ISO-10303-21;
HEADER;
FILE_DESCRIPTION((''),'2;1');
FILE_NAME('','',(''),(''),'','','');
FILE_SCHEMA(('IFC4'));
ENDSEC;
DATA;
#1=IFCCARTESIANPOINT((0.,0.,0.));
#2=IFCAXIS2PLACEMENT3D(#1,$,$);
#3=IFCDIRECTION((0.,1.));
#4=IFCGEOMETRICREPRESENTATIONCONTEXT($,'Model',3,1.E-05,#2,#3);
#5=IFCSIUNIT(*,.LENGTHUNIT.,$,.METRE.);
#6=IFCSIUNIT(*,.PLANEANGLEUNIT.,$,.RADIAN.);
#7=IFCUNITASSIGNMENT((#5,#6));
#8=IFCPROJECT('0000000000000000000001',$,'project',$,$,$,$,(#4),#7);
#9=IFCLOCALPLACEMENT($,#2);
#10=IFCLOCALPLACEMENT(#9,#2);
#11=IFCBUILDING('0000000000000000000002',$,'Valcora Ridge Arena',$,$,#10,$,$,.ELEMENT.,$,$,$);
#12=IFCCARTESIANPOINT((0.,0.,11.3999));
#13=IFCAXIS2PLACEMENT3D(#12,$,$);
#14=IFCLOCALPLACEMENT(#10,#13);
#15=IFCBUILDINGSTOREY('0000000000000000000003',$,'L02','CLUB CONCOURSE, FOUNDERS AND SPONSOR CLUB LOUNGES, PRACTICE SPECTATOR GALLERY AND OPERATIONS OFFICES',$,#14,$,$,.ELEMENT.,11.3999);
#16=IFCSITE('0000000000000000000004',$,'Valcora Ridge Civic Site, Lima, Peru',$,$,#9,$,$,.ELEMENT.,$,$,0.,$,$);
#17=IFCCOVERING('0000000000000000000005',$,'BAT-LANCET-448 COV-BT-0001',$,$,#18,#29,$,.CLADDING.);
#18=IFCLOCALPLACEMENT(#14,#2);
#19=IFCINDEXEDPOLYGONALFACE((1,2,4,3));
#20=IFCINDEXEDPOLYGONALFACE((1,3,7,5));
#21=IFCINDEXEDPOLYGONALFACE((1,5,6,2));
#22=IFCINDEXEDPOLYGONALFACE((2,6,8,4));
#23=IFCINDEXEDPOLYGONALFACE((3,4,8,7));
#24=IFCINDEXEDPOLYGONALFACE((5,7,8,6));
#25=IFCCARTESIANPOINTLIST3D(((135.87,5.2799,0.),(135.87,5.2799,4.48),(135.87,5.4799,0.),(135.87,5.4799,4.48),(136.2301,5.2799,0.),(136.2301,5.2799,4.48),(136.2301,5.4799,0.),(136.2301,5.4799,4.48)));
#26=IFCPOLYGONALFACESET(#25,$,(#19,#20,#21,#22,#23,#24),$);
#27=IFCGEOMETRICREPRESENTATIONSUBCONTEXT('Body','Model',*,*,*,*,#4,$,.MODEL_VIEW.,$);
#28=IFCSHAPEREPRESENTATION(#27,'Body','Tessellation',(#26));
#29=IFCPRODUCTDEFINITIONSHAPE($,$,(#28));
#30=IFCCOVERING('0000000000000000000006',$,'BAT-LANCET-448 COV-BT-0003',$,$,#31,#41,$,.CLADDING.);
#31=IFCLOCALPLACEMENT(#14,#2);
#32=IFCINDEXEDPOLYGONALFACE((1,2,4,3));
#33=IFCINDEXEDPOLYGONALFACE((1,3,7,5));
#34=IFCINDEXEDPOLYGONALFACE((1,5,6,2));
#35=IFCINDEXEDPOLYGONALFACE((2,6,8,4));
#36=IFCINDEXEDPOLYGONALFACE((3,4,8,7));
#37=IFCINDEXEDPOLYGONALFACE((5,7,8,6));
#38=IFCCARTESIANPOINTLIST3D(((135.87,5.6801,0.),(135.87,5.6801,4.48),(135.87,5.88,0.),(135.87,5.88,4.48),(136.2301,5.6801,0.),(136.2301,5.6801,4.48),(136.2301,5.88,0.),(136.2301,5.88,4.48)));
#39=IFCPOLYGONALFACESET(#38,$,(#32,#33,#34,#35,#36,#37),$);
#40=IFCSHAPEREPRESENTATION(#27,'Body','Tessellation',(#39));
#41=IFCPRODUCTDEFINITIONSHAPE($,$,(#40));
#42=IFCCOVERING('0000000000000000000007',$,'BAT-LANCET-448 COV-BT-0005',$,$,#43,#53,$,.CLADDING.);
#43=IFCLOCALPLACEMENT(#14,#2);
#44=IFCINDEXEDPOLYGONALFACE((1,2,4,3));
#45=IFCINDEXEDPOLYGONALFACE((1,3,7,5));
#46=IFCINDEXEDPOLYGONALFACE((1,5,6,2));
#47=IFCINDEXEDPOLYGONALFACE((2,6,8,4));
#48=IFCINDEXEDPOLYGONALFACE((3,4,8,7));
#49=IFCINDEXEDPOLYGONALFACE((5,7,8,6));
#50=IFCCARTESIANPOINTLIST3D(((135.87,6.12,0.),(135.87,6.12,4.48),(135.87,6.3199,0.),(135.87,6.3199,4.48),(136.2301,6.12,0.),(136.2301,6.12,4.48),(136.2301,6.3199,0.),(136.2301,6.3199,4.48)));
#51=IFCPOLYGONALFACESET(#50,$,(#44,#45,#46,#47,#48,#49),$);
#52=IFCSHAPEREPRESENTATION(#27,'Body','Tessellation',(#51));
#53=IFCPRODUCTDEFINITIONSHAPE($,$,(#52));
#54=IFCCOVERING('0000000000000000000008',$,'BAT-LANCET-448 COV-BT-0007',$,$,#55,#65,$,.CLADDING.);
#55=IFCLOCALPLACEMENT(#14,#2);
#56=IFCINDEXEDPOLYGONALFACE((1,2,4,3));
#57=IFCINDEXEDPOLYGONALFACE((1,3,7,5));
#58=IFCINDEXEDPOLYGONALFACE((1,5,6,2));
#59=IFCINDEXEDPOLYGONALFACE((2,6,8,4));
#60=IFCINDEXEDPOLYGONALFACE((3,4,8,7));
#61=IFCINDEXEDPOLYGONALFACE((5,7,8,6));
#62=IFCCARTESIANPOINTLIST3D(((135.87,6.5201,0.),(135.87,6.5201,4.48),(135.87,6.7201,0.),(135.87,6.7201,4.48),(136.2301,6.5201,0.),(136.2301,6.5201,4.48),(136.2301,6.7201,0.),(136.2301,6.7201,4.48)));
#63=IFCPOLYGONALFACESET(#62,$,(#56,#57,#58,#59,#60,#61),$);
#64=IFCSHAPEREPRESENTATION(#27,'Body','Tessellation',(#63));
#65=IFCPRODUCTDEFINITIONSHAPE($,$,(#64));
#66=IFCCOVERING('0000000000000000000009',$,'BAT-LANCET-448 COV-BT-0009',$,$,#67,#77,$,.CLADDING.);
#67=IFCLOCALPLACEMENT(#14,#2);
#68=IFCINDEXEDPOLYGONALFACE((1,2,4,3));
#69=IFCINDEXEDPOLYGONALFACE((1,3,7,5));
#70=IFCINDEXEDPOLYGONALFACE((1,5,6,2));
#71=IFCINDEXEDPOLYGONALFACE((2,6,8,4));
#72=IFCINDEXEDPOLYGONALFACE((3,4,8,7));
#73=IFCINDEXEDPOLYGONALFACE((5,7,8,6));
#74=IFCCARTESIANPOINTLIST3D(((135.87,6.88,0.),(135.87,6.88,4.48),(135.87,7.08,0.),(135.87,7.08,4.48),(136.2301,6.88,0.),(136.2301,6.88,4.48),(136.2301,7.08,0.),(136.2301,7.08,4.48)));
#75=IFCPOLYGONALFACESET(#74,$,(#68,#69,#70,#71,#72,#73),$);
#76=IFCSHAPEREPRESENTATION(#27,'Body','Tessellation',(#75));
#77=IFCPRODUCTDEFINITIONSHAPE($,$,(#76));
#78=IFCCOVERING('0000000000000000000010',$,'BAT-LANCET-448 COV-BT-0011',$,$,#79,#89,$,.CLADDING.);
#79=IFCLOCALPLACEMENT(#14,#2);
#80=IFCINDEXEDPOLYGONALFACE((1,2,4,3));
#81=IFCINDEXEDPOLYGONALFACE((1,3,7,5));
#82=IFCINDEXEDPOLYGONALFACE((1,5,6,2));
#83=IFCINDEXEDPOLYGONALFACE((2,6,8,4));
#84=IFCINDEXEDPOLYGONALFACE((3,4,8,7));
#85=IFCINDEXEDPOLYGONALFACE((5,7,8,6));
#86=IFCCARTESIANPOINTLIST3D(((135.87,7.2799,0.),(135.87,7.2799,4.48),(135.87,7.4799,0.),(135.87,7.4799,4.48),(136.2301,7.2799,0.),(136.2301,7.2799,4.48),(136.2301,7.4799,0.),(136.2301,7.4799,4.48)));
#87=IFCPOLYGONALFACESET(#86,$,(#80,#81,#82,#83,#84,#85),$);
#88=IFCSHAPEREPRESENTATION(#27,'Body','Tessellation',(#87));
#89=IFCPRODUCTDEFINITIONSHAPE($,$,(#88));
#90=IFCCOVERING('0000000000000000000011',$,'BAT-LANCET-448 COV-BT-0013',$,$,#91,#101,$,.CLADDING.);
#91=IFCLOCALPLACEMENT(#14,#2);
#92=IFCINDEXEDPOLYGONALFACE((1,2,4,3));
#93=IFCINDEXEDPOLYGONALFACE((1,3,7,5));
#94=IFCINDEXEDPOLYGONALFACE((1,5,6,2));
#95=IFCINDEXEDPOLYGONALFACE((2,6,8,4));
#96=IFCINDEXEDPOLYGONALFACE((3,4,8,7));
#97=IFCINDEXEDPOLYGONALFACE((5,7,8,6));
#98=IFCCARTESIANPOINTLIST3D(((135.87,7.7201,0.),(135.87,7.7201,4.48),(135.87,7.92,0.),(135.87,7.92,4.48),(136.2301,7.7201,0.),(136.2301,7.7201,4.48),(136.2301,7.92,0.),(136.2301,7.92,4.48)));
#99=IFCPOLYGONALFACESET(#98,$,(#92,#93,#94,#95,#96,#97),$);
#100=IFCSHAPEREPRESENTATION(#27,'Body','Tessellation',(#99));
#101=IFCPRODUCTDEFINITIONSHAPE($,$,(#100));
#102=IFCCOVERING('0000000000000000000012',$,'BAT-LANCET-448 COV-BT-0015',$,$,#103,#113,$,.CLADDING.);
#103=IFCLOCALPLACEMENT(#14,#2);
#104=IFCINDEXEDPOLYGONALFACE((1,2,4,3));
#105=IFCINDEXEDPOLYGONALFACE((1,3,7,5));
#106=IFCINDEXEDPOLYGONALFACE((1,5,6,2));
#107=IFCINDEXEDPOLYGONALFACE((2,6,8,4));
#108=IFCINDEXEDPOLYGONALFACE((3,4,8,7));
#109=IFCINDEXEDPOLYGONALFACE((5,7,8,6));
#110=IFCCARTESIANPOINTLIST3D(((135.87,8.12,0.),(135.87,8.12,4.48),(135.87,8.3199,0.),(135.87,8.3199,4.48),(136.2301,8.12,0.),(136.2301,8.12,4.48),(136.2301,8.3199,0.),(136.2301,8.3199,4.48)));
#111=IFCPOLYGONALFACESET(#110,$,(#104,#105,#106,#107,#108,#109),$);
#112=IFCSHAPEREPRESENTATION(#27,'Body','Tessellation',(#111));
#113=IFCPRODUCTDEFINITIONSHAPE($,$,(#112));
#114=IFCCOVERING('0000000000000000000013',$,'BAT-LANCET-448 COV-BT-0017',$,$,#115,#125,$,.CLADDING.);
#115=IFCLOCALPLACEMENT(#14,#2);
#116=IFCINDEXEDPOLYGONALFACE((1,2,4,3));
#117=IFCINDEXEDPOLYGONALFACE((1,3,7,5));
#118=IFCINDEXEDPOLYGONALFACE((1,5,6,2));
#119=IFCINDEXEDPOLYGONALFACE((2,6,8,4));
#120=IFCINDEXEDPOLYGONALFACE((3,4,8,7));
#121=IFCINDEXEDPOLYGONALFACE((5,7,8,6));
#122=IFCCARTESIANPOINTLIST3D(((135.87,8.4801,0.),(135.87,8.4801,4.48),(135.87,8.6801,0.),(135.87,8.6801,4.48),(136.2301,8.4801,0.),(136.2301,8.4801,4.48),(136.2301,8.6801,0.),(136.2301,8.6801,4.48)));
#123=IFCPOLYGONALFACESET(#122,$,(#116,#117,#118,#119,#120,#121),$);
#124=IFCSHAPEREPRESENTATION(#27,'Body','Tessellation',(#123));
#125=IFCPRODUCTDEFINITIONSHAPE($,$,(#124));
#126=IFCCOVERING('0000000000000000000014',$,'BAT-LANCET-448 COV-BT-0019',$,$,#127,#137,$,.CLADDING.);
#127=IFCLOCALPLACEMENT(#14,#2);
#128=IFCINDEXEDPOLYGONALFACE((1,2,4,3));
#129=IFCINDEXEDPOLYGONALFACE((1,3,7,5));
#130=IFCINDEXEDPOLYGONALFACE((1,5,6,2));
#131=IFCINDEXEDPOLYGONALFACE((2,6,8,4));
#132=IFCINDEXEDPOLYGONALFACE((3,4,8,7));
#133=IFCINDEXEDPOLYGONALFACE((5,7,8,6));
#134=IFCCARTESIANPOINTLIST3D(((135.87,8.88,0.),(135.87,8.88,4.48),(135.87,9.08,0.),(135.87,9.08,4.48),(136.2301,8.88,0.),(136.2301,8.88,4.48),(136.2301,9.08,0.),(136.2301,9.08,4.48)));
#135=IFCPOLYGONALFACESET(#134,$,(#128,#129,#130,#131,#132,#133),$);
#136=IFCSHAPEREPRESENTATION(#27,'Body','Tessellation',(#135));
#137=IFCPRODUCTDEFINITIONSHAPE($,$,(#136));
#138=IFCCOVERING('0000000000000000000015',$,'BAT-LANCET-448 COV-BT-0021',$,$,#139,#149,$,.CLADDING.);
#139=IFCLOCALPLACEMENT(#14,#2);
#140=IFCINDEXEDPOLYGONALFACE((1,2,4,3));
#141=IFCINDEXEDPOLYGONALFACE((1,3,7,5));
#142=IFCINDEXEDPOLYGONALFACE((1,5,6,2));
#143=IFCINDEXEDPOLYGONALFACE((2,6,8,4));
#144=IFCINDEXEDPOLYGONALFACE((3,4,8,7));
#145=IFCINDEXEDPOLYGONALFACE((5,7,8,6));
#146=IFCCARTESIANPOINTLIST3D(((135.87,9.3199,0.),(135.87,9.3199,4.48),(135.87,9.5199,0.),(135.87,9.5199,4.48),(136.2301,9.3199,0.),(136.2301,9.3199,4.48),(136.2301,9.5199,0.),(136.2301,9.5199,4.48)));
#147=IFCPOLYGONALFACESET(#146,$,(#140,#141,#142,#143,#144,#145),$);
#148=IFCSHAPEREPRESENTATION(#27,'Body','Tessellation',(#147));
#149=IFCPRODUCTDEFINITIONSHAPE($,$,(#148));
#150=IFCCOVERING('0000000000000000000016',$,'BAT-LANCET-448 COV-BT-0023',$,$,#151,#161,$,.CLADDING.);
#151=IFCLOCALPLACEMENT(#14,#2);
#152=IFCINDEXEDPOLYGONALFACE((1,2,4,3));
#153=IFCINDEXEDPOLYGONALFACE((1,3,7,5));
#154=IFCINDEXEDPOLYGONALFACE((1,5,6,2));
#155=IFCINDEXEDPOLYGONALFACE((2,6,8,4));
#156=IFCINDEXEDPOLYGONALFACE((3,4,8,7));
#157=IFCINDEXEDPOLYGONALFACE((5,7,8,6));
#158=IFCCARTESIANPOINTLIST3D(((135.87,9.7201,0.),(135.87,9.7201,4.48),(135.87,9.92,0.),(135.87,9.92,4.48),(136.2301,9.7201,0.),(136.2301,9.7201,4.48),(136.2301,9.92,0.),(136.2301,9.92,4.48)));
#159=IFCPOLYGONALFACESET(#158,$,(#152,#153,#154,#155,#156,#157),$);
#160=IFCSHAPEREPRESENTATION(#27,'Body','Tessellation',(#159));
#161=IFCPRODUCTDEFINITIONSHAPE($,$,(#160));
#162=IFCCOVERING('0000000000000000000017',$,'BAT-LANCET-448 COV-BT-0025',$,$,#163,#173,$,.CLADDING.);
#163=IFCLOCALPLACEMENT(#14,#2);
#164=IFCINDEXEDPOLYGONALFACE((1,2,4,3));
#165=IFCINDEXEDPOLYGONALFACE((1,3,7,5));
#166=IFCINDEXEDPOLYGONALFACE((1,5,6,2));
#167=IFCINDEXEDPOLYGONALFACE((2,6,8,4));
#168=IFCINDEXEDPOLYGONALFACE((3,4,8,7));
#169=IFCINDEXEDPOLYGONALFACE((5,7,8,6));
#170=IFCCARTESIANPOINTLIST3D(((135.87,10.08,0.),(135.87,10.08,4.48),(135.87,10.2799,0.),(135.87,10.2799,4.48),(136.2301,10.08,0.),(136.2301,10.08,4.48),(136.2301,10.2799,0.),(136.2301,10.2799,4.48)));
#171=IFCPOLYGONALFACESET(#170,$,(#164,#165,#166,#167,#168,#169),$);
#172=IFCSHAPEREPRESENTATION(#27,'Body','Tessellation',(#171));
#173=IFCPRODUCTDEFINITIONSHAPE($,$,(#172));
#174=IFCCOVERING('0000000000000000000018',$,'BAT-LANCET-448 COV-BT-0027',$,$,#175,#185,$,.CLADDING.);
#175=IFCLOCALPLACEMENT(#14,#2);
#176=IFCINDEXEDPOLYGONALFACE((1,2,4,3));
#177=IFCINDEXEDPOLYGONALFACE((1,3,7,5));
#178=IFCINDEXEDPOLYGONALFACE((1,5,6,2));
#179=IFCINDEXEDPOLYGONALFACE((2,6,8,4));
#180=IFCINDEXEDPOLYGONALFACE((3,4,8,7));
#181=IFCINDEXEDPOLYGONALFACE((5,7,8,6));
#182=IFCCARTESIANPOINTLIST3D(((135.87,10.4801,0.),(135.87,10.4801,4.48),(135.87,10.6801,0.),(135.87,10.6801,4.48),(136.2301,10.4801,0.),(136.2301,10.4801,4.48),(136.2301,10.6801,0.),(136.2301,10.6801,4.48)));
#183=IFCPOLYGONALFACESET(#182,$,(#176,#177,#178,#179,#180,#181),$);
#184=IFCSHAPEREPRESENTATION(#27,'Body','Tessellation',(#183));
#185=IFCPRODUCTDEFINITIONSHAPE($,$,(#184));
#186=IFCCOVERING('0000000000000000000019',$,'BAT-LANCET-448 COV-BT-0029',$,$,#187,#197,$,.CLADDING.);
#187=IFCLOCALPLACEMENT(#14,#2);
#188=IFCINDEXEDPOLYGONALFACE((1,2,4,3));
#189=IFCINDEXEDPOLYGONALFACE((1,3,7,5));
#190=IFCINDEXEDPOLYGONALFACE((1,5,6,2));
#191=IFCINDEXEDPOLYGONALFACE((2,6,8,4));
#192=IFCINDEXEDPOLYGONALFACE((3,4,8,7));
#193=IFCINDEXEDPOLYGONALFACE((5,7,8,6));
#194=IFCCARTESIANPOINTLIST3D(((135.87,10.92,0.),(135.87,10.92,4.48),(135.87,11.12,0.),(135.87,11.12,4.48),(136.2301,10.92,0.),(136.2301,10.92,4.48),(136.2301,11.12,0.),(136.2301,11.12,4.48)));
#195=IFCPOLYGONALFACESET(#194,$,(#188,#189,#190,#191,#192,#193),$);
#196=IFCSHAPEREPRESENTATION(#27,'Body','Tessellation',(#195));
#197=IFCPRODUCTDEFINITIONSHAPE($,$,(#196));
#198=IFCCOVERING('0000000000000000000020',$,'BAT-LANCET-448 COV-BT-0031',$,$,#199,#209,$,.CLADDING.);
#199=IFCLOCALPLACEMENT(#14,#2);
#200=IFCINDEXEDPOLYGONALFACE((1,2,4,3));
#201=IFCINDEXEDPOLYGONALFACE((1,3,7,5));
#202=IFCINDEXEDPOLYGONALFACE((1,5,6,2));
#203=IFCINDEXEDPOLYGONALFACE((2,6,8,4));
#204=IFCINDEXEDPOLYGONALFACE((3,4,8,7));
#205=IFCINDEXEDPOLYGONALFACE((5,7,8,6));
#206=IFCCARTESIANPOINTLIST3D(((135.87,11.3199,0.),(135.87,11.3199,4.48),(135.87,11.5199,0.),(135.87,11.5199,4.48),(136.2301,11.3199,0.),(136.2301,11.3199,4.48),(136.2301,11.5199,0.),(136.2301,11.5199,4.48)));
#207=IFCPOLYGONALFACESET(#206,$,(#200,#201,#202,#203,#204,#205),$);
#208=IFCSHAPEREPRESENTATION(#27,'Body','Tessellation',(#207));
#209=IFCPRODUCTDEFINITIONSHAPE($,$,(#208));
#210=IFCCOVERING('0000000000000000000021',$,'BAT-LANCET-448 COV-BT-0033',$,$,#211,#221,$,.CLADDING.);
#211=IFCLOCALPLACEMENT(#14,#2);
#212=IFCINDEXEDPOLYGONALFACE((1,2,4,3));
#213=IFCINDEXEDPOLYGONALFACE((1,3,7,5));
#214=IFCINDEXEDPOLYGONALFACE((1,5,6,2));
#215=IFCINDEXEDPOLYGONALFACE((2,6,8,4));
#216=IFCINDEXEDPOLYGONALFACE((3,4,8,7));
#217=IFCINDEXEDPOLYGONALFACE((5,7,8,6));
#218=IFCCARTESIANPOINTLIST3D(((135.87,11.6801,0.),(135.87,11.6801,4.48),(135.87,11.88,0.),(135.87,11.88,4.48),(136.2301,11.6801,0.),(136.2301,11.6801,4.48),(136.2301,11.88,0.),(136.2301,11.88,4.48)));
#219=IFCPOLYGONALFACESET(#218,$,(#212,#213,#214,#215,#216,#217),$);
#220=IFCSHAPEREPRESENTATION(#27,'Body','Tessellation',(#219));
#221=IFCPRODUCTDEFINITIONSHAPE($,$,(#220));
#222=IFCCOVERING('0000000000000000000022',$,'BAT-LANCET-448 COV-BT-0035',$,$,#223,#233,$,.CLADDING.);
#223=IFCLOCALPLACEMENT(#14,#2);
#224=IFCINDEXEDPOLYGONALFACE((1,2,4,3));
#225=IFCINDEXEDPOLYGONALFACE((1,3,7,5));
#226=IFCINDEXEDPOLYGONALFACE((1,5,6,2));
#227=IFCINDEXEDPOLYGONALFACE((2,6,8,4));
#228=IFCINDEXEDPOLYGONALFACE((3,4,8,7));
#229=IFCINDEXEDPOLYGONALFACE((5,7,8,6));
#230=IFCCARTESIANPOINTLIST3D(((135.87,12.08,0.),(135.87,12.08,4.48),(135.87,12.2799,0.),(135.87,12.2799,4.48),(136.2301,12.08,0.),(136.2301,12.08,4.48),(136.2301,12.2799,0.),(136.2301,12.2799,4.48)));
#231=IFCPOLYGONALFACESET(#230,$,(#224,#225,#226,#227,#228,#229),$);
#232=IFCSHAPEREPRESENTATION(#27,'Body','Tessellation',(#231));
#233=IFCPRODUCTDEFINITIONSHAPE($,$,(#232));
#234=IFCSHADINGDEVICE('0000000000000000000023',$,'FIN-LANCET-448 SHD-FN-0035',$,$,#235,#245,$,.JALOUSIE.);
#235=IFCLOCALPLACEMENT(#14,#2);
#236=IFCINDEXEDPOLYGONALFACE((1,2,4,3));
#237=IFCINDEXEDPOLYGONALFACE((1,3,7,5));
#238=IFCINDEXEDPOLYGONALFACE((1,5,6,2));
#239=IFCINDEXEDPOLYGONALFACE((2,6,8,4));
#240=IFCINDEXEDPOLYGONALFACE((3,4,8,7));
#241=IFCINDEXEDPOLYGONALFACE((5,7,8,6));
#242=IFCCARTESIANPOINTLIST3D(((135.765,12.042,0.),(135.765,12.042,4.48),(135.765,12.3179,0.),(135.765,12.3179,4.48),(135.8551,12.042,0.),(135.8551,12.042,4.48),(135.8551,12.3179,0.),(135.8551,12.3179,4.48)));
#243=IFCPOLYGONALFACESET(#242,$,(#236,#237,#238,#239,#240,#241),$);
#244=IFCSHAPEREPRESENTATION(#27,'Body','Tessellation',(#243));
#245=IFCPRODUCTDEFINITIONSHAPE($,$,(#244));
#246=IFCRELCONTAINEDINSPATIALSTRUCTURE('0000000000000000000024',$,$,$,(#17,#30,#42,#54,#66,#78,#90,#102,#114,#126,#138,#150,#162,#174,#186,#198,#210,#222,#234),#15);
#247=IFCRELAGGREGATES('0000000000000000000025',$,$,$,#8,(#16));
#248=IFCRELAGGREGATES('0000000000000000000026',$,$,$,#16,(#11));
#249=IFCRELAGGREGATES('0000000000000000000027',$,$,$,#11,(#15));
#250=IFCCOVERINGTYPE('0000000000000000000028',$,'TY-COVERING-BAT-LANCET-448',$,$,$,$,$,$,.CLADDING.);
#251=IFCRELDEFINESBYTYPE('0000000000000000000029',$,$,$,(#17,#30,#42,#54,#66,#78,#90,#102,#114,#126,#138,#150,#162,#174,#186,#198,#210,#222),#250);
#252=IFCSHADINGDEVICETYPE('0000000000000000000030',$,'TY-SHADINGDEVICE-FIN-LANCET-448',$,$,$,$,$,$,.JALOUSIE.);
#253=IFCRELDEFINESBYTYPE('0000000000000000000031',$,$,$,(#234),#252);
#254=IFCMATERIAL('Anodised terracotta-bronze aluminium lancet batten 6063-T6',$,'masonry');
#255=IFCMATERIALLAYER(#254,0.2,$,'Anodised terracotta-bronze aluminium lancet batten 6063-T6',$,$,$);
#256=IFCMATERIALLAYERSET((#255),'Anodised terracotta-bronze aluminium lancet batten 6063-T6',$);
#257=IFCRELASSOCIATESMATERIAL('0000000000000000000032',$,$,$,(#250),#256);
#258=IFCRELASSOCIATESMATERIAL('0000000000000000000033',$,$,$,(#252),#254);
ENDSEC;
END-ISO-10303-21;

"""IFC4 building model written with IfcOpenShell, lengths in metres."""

from ifc_helpers import new_model, si_unit, direction, frame, origin, origin_2d, place, context, subcontext, project, spatial, rectangle, extrude, material, layer, layer_set, material_profile, profile_set, type_object, element, save


model = new_model("IFC4")

# Units and contexts
model_context = context("Model", 3, precision=1e-05, world=origin(), true_north=direction((0.0, 1.0)))
body_context = subcontext(model_context, "Body", "Model", "MODEL_VIEW")
ifc_project = project(units=[si_unit("LENGTHUNIT", "METRE"), si_unit("PLANEANGLEUNIT", "RADIAN")], contexts=[model_context])

# Site, building, storey
site_placement = place(None, origin())
site = spatial("IfcSite", under=ifc_project, at=site_placement, Name="Valcora Ridge Civic Site, Lima, Peru", CompositionType="ELEMENT", RefElevation=0.0)
building_placement = place(site_placement, origin())
building = spatial("IfcBuilding", under=site, at=building_placement, Name="Valcora Ridge Arena", CompositionType="ELEMENT")
storey_placement = place(building_placement, frame((0.0, 0.0, 11.3999)))
storey = spatial("IfcBuildingStorey", under=building, at=storey_placement, Name="L02", Description="CLUB CONCOURSE, FOUNDERS AND SPONSOR CLUB LOUNGES, PRACTICE SPECTATOR GALLERY AND OPERATIONS OFFICES", CompositionType="ELEMENT", Elevation=11.3999)

# Coverings
ifc_material_1 = material(Name="Anodised terracotta-bronze aluminium lancet batten 6063-T6", Category="masonry")
ifc_layer_1 = layer(ifc_material_1, 0.2, Name="Anodised terracotta-bronze aluminium lancet batten 6063-T6")
ifc_layer_set_1 = layer_set([ifc_layer_1], Name="Anodised terracotta-bronze aluminium lancet batten 6063-T6")
covering_type = type_object("IfcCoveringType", Name="TY-COVERING-BAT-LANCET-448", PredefinedType="CLADDING", material=ifc_layer_set_1)
for number, where, z_axis, x_axis, name in (
    (1, (136.05, 5.3799, 0.0), (0.0, 0.0, 1.0), (1.0, 0.0, 0.0), "BAT-LANCET-448 COV-BT-0001"),
    (2, (136.05, 5.78, 0.0), (0.0, 0.0, 1.0), (1.0, 0.0, 0.0), "BAT-LANCET-448 COV-BT-0003"),
    (3, (136.05, 6.22, 0.0), (0.0, 0.0, 1.0), (1.0, 0.0, 0.0), "BAT-LANCET-448 COV-BT-0005"),
    (4, (136.05, 6.6201, 0.0), (0.0, 0.0, 1.0), (1.0, 0.0, 0.0), "BAT-LANCET-448 COV-BT-0007"),
    (5, (136.05, 6.98, 0.0), (0.0, 0.0, 1.0), (1.0, 0.0, 0.0), "BAT-LANCET-448 COV-BT-0009"),
    (6, (136.05, 7.3799, 0.0), (0.0, 0.0, 1.0), (1.0, 0.0, 0.0), "BAT-LANCET-448 COV-BT-0011"),
    (7, (136.05, 7.8201, 0.0), (0.0, 0.0, 1.0), (1.0, 0.0, 0.0), "BAT-LANCET-448 COV-BT-0013"),
    (8, (136.05, 8.22, 0.0), (0.0, 0.0, 1.0), (1.0, 0.0, 0.0), "BAT-LANCET-448 COV-BT-0015"),
    (9, (136.05, 8.5801, 0.0), (0.0, 0.0, 1.0), (1.0, 0.0, 0.0), "BAT-LANCET-448 COV-BT-0017"),
    (10, (136.05, 8.98, 0.0), (0.0, 0.0, 1.0), (1.0, 0.0, 0.0), "BAT-LANCET-448 COV-BT-0019"),
    (11, (136.05, 9.4199, 0.0), (0.0, 0.0, 1.0), (1.0, 0.0, 0.0), "BAT-LANCET-448 COV-BT-0021"),
    (12, (136.05, 9.8201, 0.0), (0.0, 0.0, 1.0), (1.0, 0.0, 0.0), "BAT-LANCET-448 COV-BT-0023"),
    (13, (136.05, 10.1799, 0.0), (0.0, 0.0, 1.0), (1.0, 0.0, 0.0), "BAT-LANCET-448 COV-BT-0025"),
    (14, (136.05, 10.5801, 0.0), (0.0, 0.0, 1.0), (1.0, 0.0, 0.0), "BAT-LANCET-448 COV-BT-0027"),
    (15, (136.05, 11.02, 0.0), (0.0, 0.0, 1.0), (1.0, 0.0, 0.0), "BAT-LANCET-448 COV-BT-0029"),
    (16, (136.05, 11.4199, 0.0), (0.0, 0.0, 1.0), (1.0, 0.0, 0.0), "BAT-LANCET-448 COV-BT-0031"),
    (17, (136.05, 11.78, 0.0), (0.0, 0.0, 1.0), (1.0, 0.0, 0.0), "BAT-LANCET-448 COV-BT-0033"),
    (18, (136.05, 12.1799, 0.0), (0.0, 0.0, 1.0), (1.0, 0.0, 0.0), "BAT-LANCET-448 COV-BT-0035"),
):
    element("IfcCovering", number, at=place(storey_placement, frame(where, z_axis=z_axis, x_axis=x_axis)), inside=storey, type_object=covering_type, Name=name, PredefinedType="CLADDING", context=body_context, shape_type="SweptSolid", body=[
        extrude(rectangle(XDim=0.3601, YDim=0.2, at=origin_2d()), origin(), (0.0, 0.0, 1.0), 4.48),
    ])

# Shading device
ifc_material_profile = material_profile(ifc_material_1, rectangle(XDim=0.0901, YDim=0.2759, at=origin_2d()), Name="ALU LANCET BATTEN 90x276")
ifc_profile_set = profile_set([ifc_material_profile], Name="Anodised terracotta-bronze aluminium lancet batten 6063-T6")
shading_device_type = type_object("IfcShadingDeviceType", Name="TY-SHADINGDEVICE-FIN-LANCET-448", PredefinedType="JALOUSIE", material=ifc_profile_set)
shading_device_placement = place(storey_placement, frame((135.8101, 12.1799, 0.0), z_axis=(0.0, 0.0, 1.0), x_axis=(1.0, 0.0, 0.0)))
element("IfcShadingDevice", 19, at=shading_device_placement, inside=storey, type_object=shading_device_type, Name="FIN-LANCET-448 SHD-FN-0035", PredefinedType="JALOUSIE", context=body_context, shape_type="SweptSolid", body=[
    extrude(rectangle(XDim=0.0901, YDim=0.2759, at=origin_2d()), origin(), (0.0, 0.0, 1.0), 4.48),
])

save(model, "model.ifc")
